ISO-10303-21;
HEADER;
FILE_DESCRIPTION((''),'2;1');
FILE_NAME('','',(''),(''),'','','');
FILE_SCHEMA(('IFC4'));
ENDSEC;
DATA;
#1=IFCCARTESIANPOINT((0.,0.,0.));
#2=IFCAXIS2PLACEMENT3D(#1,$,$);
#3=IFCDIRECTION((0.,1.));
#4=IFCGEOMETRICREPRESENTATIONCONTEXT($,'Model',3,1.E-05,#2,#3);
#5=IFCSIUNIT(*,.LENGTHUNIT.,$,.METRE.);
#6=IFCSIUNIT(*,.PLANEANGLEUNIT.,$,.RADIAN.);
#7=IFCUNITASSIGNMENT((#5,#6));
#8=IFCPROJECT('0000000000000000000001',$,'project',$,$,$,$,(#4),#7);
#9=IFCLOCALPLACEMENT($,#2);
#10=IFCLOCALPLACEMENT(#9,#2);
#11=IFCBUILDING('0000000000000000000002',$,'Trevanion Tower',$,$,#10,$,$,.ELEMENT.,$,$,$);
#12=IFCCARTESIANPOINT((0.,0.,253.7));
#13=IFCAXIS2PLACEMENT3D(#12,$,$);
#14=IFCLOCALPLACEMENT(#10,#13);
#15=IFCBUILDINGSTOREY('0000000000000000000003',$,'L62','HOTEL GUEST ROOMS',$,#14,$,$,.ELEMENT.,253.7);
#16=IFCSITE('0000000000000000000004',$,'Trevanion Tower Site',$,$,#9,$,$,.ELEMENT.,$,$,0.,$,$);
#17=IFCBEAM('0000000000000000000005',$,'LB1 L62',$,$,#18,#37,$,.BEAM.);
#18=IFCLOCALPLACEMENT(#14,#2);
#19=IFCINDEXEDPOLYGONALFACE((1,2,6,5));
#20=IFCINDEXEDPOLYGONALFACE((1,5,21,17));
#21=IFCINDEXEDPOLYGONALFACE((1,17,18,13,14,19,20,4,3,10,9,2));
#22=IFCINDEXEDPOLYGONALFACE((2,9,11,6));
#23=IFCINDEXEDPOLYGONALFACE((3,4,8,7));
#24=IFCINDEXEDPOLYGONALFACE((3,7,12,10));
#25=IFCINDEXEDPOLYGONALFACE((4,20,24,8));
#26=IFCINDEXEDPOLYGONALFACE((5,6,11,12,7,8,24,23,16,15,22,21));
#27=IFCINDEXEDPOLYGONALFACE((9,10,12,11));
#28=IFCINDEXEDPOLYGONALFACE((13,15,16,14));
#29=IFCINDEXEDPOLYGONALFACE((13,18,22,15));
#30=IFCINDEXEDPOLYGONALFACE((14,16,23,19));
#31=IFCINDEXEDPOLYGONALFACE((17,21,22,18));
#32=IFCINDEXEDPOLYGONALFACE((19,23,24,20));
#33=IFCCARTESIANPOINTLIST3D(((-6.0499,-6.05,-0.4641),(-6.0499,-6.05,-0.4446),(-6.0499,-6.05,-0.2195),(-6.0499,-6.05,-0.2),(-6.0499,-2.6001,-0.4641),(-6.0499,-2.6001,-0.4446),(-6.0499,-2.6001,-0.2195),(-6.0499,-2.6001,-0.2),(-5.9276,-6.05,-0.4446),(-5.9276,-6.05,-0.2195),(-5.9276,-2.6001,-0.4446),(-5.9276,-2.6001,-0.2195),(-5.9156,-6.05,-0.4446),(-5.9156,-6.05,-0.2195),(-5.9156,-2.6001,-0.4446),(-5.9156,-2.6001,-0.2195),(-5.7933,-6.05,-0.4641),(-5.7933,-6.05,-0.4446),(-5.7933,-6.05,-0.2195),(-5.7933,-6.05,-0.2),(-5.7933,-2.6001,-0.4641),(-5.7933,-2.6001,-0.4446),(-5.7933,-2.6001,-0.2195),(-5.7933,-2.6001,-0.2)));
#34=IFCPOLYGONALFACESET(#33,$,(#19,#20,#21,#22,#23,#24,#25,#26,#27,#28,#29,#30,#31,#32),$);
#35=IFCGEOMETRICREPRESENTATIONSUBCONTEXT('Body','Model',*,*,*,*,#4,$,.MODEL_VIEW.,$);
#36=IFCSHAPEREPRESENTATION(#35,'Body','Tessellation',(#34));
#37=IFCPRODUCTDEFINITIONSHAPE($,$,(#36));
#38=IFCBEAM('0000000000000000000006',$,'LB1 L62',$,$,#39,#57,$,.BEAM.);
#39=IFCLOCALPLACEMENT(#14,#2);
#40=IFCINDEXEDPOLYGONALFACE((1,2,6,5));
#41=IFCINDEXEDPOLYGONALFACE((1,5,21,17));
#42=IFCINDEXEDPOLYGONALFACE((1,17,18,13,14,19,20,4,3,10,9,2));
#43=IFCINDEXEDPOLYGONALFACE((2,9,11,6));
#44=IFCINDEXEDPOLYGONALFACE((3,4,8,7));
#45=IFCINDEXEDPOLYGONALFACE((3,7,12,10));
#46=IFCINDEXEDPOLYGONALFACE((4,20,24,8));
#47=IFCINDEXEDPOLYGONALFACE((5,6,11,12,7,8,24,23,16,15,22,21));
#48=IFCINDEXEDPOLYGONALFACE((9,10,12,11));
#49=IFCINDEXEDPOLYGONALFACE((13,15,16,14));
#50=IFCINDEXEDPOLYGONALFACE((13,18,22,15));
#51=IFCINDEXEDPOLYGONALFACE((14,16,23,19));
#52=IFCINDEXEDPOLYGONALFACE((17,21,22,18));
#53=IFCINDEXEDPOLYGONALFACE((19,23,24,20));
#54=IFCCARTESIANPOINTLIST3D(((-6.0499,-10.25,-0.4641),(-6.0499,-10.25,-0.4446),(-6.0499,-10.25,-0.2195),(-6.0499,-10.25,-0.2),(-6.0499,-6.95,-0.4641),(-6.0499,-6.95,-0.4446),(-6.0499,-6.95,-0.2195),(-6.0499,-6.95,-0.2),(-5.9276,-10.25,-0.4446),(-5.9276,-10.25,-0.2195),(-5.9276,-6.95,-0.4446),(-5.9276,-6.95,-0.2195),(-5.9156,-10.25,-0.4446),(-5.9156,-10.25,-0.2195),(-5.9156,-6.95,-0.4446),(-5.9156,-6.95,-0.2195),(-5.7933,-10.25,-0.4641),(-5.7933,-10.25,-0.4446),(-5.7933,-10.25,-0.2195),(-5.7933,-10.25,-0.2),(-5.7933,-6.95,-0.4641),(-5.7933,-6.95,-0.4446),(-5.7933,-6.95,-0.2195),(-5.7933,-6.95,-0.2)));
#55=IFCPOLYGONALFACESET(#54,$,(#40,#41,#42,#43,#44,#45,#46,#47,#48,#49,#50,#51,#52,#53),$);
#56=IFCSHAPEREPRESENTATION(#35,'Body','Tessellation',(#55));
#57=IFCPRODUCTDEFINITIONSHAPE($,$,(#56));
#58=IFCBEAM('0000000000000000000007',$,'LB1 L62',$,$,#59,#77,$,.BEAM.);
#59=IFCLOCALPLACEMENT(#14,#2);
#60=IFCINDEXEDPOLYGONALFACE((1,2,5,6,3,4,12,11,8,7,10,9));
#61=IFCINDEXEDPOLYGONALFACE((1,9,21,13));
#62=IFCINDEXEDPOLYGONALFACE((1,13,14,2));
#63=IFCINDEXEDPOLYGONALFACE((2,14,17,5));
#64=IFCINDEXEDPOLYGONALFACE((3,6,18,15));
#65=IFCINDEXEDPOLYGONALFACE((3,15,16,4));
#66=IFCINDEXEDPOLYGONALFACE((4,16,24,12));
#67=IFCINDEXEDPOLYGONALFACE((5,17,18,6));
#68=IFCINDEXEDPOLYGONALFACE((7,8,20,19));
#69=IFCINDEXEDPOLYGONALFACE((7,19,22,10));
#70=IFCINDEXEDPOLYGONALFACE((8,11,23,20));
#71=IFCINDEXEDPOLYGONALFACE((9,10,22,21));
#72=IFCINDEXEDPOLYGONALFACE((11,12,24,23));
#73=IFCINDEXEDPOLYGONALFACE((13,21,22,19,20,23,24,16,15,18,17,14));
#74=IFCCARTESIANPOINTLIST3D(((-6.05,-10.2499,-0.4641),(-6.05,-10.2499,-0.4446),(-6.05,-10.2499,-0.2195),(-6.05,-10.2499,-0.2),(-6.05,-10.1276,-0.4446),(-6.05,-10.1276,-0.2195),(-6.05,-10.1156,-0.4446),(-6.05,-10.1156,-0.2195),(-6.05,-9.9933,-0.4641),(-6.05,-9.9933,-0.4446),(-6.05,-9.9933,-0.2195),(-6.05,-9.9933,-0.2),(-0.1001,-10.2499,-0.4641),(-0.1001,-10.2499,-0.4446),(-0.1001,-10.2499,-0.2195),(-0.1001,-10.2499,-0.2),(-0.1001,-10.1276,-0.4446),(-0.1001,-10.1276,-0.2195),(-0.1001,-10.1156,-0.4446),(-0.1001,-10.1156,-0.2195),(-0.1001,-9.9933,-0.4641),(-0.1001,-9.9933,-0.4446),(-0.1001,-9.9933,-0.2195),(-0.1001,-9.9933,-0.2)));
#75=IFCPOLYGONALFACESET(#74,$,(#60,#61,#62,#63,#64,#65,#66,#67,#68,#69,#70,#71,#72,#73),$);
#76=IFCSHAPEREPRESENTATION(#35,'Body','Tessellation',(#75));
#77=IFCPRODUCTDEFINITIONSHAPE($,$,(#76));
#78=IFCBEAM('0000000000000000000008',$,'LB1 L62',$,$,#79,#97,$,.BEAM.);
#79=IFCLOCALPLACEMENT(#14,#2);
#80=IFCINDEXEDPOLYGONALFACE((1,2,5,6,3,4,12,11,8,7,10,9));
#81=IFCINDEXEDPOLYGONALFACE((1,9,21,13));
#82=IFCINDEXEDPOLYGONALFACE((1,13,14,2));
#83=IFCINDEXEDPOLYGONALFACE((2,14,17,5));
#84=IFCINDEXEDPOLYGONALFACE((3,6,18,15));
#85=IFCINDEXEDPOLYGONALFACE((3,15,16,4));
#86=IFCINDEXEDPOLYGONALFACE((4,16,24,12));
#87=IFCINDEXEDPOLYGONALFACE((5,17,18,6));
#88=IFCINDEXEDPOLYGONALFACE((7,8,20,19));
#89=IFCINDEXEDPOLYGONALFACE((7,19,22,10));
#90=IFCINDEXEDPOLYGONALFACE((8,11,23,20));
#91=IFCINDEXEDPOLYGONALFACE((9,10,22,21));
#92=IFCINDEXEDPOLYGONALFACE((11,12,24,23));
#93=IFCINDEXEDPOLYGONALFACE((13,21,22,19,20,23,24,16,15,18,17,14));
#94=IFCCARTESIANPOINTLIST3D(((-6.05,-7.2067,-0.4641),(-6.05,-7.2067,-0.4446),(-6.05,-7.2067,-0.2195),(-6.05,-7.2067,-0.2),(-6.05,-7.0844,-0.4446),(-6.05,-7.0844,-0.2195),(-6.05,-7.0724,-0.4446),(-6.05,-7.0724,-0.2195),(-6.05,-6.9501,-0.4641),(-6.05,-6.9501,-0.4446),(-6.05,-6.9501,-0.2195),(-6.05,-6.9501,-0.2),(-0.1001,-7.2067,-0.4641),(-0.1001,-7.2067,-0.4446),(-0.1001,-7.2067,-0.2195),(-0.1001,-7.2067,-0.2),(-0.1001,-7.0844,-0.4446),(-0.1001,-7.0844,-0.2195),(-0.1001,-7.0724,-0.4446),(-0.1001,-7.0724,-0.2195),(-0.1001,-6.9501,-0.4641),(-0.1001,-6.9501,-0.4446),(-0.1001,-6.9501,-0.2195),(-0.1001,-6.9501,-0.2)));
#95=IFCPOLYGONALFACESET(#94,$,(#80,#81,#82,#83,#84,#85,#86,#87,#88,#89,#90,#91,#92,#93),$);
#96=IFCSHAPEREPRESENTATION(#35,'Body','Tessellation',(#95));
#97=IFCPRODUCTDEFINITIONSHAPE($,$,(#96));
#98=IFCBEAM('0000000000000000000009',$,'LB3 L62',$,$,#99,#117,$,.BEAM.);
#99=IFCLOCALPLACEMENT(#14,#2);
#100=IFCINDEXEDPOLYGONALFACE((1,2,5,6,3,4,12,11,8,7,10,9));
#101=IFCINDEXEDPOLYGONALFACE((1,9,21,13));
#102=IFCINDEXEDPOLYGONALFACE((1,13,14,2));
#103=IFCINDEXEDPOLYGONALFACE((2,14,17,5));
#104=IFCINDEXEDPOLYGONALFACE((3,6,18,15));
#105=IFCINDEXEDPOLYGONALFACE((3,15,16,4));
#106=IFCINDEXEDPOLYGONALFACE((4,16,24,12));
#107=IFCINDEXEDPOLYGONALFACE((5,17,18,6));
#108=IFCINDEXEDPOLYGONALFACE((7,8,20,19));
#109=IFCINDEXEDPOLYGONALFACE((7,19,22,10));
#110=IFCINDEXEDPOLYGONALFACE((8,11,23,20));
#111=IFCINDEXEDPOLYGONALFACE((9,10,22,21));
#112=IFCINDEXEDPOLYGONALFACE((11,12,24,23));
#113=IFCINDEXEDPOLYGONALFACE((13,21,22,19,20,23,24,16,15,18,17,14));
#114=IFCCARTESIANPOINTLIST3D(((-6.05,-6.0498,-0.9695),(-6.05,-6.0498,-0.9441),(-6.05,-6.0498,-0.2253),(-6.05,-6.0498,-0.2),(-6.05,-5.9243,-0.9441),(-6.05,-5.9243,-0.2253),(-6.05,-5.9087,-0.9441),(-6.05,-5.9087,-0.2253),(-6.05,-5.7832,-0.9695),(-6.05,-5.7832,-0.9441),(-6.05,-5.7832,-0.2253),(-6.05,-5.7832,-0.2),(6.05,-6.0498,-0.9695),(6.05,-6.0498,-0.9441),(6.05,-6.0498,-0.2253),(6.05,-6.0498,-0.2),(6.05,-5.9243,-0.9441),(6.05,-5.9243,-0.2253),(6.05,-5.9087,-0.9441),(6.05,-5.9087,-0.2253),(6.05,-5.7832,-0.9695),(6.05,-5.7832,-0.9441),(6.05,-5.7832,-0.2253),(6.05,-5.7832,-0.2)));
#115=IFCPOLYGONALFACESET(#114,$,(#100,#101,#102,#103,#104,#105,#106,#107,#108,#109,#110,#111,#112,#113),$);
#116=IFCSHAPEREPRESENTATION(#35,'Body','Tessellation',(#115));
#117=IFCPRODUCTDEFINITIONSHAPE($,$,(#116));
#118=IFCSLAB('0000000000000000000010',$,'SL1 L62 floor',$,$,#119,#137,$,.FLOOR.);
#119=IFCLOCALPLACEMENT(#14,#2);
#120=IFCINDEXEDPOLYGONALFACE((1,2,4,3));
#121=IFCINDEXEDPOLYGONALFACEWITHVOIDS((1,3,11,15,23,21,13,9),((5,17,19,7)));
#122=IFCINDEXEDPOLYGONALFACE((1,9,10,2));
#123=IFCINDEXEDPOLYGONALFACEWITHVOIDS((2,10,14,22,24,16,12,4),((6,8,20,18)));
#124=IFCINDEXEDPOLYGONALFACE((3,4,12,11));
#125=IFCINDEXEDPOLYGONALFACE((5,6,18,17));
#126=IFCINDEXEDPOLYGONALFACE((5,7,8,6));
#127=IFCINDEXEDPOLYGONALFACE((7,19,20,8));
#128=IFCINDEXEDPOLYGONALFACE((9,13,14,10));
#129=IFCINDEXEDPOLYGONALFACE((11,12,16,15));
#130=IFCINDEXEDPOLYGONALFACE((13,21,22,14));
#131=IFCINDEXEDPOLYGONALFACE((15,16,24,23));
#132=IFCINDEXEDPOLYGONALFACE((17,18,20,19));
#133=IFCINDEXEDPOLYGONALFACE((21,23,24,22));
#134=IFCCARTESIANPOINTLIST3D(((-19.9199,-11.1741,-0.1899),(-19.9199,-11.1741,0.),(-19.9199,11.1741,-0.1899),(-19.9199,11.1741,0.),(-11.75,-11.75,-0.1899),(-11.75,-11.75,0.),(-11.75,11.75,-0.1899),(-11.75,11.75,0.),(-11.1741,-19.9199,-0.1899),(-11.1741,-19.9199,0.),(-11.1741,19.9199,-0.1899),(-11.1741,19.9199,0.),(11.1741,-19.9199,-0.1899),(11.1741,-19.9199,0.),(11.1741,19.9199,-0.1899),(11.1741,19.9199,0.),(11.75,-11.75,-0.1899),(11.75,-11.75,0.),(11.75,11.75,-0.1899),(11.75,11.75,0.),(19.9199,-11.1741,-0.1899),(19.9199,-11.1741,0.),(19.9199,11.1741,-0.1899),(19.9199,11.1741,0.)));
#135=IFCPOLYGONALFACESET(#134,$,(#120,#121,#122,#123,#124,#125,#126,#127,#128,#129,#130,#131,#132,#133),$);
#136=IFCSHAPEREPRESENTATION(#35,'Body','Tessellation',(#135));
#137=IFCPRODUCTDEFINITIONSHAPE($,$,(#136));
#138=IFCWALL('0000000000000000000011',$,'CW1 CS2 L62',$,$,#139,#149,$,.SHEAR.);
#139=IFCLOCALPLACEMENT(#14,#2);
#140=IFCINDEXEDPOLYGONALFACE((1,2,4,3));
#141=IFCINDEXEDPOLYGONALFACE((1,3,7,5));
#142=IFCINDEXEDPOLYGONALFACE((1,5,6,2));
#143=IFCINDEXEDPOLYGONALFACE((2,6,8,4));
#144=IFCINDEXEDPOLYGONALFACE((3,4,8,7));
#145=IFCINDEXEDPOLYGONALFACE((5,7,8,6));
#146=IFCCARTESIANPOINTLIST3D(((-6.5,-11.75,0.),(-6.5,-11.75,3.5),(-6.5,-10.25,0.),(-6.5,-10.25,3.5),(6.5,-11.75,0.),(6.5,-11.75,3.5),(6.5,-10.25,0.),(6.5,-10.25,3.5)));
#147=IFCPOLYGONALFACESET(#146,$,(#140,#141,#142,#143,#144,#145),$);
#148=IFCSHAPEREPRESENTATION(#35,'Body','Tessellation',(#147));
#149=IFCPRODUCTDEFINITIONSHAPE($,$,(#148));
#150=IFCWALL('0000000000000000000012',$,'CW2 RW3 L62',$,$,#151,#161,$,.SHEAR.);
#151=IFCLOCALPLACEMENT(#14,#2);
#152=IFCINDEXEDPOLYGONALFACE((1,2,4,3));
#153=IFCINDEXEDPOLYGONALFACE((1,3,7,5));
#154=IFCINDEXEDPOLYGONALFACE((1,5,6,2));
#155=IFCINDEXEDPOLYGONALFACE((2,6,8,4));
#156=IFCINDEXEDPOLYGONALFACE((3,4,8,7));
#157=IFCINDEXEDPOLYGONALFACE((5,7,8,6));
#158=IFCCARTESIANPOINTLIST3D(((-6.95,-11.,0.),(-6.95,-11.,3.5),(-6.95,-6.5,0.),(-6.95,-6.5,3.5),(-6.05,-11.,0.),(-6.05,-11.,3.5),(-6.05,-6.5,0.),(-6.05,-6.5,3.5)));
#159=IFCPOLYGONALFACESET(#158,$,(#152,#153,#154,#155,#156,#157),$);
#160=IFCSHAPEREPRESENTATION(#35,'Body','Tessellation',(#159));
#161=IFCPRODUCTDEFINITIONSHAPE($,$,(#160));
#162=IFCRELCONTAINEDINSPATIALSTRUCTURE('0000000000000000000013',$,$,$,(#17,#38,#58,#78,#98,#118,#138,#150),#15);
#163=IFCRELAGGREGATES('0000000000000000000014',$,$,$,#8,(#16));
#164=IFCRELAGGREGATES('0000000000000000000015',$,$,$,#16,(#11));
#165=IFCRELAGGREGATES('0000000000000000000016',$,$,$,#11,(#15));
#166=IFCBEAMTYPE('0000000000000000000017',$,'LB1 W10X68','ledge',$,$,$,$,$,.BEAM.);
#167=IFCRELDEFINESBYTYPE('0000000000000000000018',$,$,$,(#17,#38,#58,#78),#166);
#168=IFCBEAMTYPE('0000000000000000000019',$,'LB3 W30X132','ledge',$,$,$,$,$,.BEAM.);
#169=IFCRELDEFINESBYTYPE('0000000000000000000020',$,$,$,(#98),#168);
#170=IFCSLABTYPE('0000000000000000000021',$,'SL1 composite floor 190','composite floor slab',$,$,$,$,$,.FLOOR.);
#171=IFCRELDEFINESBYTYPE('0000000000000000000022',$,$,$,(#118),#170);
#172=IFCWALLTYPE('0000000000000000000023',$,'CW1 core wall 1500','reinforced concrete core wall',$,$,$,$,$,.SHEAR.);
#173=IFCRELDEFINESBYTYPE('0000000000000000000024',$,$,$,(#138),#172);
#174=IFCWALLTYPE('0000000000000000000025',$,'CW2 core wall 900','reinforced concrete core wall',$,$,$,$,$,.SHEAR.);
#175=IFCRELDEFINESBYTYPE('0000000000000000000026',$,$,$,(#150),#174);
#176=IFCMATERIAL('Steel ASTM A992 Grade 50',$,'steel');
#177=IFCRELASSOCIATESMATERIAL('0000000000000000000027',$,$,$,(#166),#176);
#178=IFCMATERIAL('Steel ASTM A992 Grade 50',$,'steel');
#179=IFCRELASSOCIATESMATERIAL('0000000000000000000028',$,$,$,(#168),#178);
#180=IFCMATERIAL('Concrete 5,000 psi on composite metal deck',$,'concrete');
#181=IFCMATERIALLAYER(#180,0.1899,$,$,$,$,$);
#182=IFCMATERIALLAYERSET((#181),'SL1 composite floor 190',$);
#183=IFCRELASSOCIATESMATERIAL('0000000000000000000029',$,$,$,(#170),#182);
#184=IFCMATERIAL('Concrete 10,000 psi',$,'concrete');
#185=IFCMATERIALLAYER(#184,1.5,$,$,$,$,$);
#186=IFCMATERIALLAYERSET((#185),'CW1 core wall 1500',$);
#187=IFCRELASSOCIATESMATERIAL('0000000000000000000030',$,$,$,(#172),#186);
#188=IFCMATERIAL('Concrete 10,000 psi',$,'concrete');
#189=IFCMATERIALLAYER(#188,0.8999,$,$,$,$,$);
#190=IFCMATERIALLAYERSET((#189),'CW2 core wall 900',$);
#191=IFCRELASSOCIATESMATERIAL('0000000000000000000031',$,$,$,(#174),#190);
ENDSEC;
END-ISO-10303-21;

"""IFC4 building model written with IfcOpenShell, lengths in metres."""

from ifc_helpers import new_model, si_unit, direction, frame, frame_2d, origin, origin_2d, place, context, subcontext, project, spatial, polyline, rectangle, i_section, outline, extrude, material, layer, layer_set, material_profile, profile_set, type_object, element, save


model = new_model("IFC4")

# Units and contexts
model_context = context("Model", 3, precision=1e-05, world=origin(), true_north=direction((0.0, 1.0)))
body_context = subcontext(model_context, "Body", "Model", "MODEL_VIEW")
ifc_project = project(units=[si_unit("LENGTHUNIT", "METRE"), si_unit("PLANEANGLEUNIT", "RADIAN")], contexts=[model_context])

# Site, building, storey
site_placement = place(None, origin())
site = spatial("IfcSite", under=ifc_project, at=site_placement, Name="Trevanion Tower Site", CompositionType="ELEMENT", RefElevation=0.0)
building_placement = place(site_placement, origin())
building = spatial("IfcBuilding", under=site, at=building_placement, Name="Trevanion Tower", CompositionType="ELEMENT")
storey_placement = place(building_placement, frame((0.0, 0.0, 253.7)))
storey = spatial("IfcBuildingStorey", under=building, at=storey_placement, Name="L62", Description="HOTEL GUEST ROOMS", CompositionType="ELEMENT", Elevation=253.7)

# Beams
ifc_material_1 = material(Name="Steel ASTM A992 Grade 50", Category="steel")
ifc_material_profile_1 = material_profile(ifc_material_1, i_section(OverallWidth=0.2566, OverallDepth=0.2642, WebThickness=0.012, FlangeThickness=0.0195, at=origin_2d()), Name="W10X68")
ifc_profile_set_1 = profile_set([ifc_material_profile_1], Name="Steel ASTM A992 Grade 50")
beam_type_1 = type_object("IfcBeamType", Name="LB1 W10X68", Description="ledge", PredefinedType="BEAM", material=ifc_profile_set_1)
beam_1_placement = place(storey_placement, frame((-5.9216, -6.05, -0.332), z_axis=(0.0, 1.0, 0.0), x_axis=(-1.0, 0.0, 0.0)))
element("IfcBeam", 1, at=beam_1_placement, inside=storey, type_object=beam_type_1, Name="LB1 L62", PredefinedType="BEAM", context=body_context, shape_type="SweptSolid", body=[
    extrude(i_section(OverallWidth=0.2566, OverallDepth=0.2642, WebThickness=0.012, FlangeThickness=0.0195, at=origin_2d()), origin(), (0.0, 0.0, 1.0), 3.45),
])
beam_2_placement = place(storey_placement, frame((-5.9216, -10.25, -0.332), z_axis=(0.0, 1.0, 0.0), x_axis=(-1.0, 0.0, 0.0)))
element("IfcBeam", 2, at=beam_2_placement, inside=storey, type_object=beam_type_1, Name="LB1 L62", PredefinedType="BEAM", context=body_context, shape_type="SweptSolid", body=[
    extrude(i_section(OverallWidth=0.2566, OverallDepth=0.2642, WebThickness=0.012, FlangeThickness=0.0195, at=origin_2d()), origin(), (0.0, 0.0, 1.0), 3.3),
])
for number, where, z_axis, x_axis, name in (
    (3, (-6.05, -10.1216, -0.332), (1.0, 0.0, 0.0), (0.0, 1.0, 0.0), "LB1 L62"),
    (4, (-6.05, -7.0784, -0.332), (1.0, 0.0, 0.0), (0.0, 1.0, 0.0), "LB1 L62"),
):
    element("IfcBeam", number, at=place(storey_placement, frame(where, z_axis=z_axis, x_axis=x_axis)), inside=storey, type_object=beam_type_1, Name=name, PredefinedType="BEAM", context=body_context, shape_type="SweptSolid", body=[
        extrude(i_section(OverallWidth=0.2566, OverallDepth=0.2642, WebThickness=0.012, FlangeThickness=0.0195, at=origin_2d()), origin(), (0.0, 0.0, 1.0), 5.95),
    ])
ifc_material_2 = material(Name="Steel ASTM A992 Grade 50", Category="steel")
ifc_material_profile_2 = material_profile(ifc_material_2, i_section(OverallWidth=0.2666, OverallDepth=0.7695, WebThickness=0.0156, FlangeThickness=0.0254, at=origin_2d()), Name="W30X132")
ifc_profile_set_2 = profile_set([ifc_material_profile_2], Name="Steel ASTM A992 Grade 50")
beam_type_2 = type_object("IfcBeamType", Name="LB3 W30X132", Description="ledge", PredefinedType="BEAM", material=ifc_profile_set_2)
beam_3_placement = place(storey_placement, frame((-6.05, -5.9165, -0.5847), z_axis=(1.0, 0.0, 0.0), x_axis=(0.0, 1.0, 0.0)))
element("IfcBeam", 5, at=beam_3_placement, inside=storey, type_object=beam_type_2, Name="LB3 L62", PredefinedType="BEAM", context=body_context, shape_type="SweptSolid", body=[
    extrude(i_section(OverallWidth=0.2666, OverallDepth=0.7695, WebThickness=0.0156, FlangeThickness=0.0254, at=origin_2d()), origin(), (0.0, 0.0, 1.0), 12.1001),
])

# Slab
ifc_material_3 = material(Name="Concrete 5,000 psi on composite metal deck", Category="concrete")
ifc_layer_1 = layer(ifc_material_3, 0.1899)
ifc_layer_set_1 = layer_set([ifc_layer_1], Name="SL1 composite floor 190")
slab_type = type_object("IfcSlabType", Name="SL1 composite floor 190", Description="composite floor slab", PredefinedType="FLOOR", material=ifc_layer_set_1)
slab_placement = place(storey_placement, frame((0.0, 0.0, -0.1899)))
element("IfcSlab", 6, at=slab_placement, inside=storey, type_object=slab_type, Name="SL1 L62 floor", PredefinedType="FLOOR", context=body_context, shape_type="SweptSolid", body=[
    extrude(outline(polyline([(19.9199, -11.1741), (19.9199, 11.1741), (11.1741, 19.9199), (-11.1741, 19.9199), (-19.9199, 11.1741), (-19.9199, -11.1741), (-11.1741, -19.9199), (11.1741, -19.9199), (19.9199, -11.1741)]), holes=[polyline([(11.75, -11.75), (11.75, 11.75), (-11.75, 11.75), (-11.75, -11.75), (11.75, -11.75)])]), origin(), (0.0, 0.0, 1.0), 0.1899),
])

# Walls
ifc_material_4 = material(Name="Concrete 10,000 psi", Category="concrete")
ifc_layer_2 = layer(ifc_material_4, 1.5)
ifc_layer_set_2 = layer_set([ifc_layer_2], Name="CW1 core wall 1500")
wall_type_1 = type_object("IfcWallType", Name="CW1 core wall 1500", Description="reinforced concrete core wall", PredefinedType="SHEAR", material=ifc_layer_set_2)
wall_1_placement = place(storey_placement, frame((-6.5, -11.0, 0.0), z_axis=(0.0, 0.0, 1.0), x_axis=(1.0, 0.0, 0.0)))
element("IfcWall", 7, at=wall_1_placement, inside=storey, type_object=wall_type_1, Name="CW1 CS2 L62", PredefinedType="SHEAR", context=body_context, shape_type="SweptSolid", body=[
    extrude(rectangle(XDim=13.0, YDim=1.5, at=frame_2d((6.5, 0.0))), origin(), (0.0, 0.0, 1.0), 3.5),
])
ifc_material_5 = material(Name="Concrete 10,000 psi", Category="concrete")
ifc_layer_3 = layer(ifc_material_5, 0.8999)
ifc_layer_set_3 = layer_set([ifc_layer_3], Name="CW2 core wall 900")
wall_type_2 = type_object("IfcWallType", Name="CW2 core wall 900", Description="reinforced concrete core wall", PredefinedType="SHEAR", material=ifc_layer_set_3)
wall_2_placement = place(storey_placement, frame((-6.5, -6.5, 0.0), z_axis=(0.0, 0.0, 1.0), x_axis=(0.0, -1.0, 0.0)))
element("IfcWall", 8, at=wall_2_placement, inside=storey, type_object=wall_type_2, Name="CW2 RW3 L62", PredefinedType="SHEAR", context=body_context, shape_type="SweptSolid", body=[
    extrude(rectangle(XDim=4.5, YDim=0.8999, at=frame_2d((2.25, 0.0))), origin(), (0.0, 0.0, 1.0), 3.5),
])

save(model, "model.ifc")
